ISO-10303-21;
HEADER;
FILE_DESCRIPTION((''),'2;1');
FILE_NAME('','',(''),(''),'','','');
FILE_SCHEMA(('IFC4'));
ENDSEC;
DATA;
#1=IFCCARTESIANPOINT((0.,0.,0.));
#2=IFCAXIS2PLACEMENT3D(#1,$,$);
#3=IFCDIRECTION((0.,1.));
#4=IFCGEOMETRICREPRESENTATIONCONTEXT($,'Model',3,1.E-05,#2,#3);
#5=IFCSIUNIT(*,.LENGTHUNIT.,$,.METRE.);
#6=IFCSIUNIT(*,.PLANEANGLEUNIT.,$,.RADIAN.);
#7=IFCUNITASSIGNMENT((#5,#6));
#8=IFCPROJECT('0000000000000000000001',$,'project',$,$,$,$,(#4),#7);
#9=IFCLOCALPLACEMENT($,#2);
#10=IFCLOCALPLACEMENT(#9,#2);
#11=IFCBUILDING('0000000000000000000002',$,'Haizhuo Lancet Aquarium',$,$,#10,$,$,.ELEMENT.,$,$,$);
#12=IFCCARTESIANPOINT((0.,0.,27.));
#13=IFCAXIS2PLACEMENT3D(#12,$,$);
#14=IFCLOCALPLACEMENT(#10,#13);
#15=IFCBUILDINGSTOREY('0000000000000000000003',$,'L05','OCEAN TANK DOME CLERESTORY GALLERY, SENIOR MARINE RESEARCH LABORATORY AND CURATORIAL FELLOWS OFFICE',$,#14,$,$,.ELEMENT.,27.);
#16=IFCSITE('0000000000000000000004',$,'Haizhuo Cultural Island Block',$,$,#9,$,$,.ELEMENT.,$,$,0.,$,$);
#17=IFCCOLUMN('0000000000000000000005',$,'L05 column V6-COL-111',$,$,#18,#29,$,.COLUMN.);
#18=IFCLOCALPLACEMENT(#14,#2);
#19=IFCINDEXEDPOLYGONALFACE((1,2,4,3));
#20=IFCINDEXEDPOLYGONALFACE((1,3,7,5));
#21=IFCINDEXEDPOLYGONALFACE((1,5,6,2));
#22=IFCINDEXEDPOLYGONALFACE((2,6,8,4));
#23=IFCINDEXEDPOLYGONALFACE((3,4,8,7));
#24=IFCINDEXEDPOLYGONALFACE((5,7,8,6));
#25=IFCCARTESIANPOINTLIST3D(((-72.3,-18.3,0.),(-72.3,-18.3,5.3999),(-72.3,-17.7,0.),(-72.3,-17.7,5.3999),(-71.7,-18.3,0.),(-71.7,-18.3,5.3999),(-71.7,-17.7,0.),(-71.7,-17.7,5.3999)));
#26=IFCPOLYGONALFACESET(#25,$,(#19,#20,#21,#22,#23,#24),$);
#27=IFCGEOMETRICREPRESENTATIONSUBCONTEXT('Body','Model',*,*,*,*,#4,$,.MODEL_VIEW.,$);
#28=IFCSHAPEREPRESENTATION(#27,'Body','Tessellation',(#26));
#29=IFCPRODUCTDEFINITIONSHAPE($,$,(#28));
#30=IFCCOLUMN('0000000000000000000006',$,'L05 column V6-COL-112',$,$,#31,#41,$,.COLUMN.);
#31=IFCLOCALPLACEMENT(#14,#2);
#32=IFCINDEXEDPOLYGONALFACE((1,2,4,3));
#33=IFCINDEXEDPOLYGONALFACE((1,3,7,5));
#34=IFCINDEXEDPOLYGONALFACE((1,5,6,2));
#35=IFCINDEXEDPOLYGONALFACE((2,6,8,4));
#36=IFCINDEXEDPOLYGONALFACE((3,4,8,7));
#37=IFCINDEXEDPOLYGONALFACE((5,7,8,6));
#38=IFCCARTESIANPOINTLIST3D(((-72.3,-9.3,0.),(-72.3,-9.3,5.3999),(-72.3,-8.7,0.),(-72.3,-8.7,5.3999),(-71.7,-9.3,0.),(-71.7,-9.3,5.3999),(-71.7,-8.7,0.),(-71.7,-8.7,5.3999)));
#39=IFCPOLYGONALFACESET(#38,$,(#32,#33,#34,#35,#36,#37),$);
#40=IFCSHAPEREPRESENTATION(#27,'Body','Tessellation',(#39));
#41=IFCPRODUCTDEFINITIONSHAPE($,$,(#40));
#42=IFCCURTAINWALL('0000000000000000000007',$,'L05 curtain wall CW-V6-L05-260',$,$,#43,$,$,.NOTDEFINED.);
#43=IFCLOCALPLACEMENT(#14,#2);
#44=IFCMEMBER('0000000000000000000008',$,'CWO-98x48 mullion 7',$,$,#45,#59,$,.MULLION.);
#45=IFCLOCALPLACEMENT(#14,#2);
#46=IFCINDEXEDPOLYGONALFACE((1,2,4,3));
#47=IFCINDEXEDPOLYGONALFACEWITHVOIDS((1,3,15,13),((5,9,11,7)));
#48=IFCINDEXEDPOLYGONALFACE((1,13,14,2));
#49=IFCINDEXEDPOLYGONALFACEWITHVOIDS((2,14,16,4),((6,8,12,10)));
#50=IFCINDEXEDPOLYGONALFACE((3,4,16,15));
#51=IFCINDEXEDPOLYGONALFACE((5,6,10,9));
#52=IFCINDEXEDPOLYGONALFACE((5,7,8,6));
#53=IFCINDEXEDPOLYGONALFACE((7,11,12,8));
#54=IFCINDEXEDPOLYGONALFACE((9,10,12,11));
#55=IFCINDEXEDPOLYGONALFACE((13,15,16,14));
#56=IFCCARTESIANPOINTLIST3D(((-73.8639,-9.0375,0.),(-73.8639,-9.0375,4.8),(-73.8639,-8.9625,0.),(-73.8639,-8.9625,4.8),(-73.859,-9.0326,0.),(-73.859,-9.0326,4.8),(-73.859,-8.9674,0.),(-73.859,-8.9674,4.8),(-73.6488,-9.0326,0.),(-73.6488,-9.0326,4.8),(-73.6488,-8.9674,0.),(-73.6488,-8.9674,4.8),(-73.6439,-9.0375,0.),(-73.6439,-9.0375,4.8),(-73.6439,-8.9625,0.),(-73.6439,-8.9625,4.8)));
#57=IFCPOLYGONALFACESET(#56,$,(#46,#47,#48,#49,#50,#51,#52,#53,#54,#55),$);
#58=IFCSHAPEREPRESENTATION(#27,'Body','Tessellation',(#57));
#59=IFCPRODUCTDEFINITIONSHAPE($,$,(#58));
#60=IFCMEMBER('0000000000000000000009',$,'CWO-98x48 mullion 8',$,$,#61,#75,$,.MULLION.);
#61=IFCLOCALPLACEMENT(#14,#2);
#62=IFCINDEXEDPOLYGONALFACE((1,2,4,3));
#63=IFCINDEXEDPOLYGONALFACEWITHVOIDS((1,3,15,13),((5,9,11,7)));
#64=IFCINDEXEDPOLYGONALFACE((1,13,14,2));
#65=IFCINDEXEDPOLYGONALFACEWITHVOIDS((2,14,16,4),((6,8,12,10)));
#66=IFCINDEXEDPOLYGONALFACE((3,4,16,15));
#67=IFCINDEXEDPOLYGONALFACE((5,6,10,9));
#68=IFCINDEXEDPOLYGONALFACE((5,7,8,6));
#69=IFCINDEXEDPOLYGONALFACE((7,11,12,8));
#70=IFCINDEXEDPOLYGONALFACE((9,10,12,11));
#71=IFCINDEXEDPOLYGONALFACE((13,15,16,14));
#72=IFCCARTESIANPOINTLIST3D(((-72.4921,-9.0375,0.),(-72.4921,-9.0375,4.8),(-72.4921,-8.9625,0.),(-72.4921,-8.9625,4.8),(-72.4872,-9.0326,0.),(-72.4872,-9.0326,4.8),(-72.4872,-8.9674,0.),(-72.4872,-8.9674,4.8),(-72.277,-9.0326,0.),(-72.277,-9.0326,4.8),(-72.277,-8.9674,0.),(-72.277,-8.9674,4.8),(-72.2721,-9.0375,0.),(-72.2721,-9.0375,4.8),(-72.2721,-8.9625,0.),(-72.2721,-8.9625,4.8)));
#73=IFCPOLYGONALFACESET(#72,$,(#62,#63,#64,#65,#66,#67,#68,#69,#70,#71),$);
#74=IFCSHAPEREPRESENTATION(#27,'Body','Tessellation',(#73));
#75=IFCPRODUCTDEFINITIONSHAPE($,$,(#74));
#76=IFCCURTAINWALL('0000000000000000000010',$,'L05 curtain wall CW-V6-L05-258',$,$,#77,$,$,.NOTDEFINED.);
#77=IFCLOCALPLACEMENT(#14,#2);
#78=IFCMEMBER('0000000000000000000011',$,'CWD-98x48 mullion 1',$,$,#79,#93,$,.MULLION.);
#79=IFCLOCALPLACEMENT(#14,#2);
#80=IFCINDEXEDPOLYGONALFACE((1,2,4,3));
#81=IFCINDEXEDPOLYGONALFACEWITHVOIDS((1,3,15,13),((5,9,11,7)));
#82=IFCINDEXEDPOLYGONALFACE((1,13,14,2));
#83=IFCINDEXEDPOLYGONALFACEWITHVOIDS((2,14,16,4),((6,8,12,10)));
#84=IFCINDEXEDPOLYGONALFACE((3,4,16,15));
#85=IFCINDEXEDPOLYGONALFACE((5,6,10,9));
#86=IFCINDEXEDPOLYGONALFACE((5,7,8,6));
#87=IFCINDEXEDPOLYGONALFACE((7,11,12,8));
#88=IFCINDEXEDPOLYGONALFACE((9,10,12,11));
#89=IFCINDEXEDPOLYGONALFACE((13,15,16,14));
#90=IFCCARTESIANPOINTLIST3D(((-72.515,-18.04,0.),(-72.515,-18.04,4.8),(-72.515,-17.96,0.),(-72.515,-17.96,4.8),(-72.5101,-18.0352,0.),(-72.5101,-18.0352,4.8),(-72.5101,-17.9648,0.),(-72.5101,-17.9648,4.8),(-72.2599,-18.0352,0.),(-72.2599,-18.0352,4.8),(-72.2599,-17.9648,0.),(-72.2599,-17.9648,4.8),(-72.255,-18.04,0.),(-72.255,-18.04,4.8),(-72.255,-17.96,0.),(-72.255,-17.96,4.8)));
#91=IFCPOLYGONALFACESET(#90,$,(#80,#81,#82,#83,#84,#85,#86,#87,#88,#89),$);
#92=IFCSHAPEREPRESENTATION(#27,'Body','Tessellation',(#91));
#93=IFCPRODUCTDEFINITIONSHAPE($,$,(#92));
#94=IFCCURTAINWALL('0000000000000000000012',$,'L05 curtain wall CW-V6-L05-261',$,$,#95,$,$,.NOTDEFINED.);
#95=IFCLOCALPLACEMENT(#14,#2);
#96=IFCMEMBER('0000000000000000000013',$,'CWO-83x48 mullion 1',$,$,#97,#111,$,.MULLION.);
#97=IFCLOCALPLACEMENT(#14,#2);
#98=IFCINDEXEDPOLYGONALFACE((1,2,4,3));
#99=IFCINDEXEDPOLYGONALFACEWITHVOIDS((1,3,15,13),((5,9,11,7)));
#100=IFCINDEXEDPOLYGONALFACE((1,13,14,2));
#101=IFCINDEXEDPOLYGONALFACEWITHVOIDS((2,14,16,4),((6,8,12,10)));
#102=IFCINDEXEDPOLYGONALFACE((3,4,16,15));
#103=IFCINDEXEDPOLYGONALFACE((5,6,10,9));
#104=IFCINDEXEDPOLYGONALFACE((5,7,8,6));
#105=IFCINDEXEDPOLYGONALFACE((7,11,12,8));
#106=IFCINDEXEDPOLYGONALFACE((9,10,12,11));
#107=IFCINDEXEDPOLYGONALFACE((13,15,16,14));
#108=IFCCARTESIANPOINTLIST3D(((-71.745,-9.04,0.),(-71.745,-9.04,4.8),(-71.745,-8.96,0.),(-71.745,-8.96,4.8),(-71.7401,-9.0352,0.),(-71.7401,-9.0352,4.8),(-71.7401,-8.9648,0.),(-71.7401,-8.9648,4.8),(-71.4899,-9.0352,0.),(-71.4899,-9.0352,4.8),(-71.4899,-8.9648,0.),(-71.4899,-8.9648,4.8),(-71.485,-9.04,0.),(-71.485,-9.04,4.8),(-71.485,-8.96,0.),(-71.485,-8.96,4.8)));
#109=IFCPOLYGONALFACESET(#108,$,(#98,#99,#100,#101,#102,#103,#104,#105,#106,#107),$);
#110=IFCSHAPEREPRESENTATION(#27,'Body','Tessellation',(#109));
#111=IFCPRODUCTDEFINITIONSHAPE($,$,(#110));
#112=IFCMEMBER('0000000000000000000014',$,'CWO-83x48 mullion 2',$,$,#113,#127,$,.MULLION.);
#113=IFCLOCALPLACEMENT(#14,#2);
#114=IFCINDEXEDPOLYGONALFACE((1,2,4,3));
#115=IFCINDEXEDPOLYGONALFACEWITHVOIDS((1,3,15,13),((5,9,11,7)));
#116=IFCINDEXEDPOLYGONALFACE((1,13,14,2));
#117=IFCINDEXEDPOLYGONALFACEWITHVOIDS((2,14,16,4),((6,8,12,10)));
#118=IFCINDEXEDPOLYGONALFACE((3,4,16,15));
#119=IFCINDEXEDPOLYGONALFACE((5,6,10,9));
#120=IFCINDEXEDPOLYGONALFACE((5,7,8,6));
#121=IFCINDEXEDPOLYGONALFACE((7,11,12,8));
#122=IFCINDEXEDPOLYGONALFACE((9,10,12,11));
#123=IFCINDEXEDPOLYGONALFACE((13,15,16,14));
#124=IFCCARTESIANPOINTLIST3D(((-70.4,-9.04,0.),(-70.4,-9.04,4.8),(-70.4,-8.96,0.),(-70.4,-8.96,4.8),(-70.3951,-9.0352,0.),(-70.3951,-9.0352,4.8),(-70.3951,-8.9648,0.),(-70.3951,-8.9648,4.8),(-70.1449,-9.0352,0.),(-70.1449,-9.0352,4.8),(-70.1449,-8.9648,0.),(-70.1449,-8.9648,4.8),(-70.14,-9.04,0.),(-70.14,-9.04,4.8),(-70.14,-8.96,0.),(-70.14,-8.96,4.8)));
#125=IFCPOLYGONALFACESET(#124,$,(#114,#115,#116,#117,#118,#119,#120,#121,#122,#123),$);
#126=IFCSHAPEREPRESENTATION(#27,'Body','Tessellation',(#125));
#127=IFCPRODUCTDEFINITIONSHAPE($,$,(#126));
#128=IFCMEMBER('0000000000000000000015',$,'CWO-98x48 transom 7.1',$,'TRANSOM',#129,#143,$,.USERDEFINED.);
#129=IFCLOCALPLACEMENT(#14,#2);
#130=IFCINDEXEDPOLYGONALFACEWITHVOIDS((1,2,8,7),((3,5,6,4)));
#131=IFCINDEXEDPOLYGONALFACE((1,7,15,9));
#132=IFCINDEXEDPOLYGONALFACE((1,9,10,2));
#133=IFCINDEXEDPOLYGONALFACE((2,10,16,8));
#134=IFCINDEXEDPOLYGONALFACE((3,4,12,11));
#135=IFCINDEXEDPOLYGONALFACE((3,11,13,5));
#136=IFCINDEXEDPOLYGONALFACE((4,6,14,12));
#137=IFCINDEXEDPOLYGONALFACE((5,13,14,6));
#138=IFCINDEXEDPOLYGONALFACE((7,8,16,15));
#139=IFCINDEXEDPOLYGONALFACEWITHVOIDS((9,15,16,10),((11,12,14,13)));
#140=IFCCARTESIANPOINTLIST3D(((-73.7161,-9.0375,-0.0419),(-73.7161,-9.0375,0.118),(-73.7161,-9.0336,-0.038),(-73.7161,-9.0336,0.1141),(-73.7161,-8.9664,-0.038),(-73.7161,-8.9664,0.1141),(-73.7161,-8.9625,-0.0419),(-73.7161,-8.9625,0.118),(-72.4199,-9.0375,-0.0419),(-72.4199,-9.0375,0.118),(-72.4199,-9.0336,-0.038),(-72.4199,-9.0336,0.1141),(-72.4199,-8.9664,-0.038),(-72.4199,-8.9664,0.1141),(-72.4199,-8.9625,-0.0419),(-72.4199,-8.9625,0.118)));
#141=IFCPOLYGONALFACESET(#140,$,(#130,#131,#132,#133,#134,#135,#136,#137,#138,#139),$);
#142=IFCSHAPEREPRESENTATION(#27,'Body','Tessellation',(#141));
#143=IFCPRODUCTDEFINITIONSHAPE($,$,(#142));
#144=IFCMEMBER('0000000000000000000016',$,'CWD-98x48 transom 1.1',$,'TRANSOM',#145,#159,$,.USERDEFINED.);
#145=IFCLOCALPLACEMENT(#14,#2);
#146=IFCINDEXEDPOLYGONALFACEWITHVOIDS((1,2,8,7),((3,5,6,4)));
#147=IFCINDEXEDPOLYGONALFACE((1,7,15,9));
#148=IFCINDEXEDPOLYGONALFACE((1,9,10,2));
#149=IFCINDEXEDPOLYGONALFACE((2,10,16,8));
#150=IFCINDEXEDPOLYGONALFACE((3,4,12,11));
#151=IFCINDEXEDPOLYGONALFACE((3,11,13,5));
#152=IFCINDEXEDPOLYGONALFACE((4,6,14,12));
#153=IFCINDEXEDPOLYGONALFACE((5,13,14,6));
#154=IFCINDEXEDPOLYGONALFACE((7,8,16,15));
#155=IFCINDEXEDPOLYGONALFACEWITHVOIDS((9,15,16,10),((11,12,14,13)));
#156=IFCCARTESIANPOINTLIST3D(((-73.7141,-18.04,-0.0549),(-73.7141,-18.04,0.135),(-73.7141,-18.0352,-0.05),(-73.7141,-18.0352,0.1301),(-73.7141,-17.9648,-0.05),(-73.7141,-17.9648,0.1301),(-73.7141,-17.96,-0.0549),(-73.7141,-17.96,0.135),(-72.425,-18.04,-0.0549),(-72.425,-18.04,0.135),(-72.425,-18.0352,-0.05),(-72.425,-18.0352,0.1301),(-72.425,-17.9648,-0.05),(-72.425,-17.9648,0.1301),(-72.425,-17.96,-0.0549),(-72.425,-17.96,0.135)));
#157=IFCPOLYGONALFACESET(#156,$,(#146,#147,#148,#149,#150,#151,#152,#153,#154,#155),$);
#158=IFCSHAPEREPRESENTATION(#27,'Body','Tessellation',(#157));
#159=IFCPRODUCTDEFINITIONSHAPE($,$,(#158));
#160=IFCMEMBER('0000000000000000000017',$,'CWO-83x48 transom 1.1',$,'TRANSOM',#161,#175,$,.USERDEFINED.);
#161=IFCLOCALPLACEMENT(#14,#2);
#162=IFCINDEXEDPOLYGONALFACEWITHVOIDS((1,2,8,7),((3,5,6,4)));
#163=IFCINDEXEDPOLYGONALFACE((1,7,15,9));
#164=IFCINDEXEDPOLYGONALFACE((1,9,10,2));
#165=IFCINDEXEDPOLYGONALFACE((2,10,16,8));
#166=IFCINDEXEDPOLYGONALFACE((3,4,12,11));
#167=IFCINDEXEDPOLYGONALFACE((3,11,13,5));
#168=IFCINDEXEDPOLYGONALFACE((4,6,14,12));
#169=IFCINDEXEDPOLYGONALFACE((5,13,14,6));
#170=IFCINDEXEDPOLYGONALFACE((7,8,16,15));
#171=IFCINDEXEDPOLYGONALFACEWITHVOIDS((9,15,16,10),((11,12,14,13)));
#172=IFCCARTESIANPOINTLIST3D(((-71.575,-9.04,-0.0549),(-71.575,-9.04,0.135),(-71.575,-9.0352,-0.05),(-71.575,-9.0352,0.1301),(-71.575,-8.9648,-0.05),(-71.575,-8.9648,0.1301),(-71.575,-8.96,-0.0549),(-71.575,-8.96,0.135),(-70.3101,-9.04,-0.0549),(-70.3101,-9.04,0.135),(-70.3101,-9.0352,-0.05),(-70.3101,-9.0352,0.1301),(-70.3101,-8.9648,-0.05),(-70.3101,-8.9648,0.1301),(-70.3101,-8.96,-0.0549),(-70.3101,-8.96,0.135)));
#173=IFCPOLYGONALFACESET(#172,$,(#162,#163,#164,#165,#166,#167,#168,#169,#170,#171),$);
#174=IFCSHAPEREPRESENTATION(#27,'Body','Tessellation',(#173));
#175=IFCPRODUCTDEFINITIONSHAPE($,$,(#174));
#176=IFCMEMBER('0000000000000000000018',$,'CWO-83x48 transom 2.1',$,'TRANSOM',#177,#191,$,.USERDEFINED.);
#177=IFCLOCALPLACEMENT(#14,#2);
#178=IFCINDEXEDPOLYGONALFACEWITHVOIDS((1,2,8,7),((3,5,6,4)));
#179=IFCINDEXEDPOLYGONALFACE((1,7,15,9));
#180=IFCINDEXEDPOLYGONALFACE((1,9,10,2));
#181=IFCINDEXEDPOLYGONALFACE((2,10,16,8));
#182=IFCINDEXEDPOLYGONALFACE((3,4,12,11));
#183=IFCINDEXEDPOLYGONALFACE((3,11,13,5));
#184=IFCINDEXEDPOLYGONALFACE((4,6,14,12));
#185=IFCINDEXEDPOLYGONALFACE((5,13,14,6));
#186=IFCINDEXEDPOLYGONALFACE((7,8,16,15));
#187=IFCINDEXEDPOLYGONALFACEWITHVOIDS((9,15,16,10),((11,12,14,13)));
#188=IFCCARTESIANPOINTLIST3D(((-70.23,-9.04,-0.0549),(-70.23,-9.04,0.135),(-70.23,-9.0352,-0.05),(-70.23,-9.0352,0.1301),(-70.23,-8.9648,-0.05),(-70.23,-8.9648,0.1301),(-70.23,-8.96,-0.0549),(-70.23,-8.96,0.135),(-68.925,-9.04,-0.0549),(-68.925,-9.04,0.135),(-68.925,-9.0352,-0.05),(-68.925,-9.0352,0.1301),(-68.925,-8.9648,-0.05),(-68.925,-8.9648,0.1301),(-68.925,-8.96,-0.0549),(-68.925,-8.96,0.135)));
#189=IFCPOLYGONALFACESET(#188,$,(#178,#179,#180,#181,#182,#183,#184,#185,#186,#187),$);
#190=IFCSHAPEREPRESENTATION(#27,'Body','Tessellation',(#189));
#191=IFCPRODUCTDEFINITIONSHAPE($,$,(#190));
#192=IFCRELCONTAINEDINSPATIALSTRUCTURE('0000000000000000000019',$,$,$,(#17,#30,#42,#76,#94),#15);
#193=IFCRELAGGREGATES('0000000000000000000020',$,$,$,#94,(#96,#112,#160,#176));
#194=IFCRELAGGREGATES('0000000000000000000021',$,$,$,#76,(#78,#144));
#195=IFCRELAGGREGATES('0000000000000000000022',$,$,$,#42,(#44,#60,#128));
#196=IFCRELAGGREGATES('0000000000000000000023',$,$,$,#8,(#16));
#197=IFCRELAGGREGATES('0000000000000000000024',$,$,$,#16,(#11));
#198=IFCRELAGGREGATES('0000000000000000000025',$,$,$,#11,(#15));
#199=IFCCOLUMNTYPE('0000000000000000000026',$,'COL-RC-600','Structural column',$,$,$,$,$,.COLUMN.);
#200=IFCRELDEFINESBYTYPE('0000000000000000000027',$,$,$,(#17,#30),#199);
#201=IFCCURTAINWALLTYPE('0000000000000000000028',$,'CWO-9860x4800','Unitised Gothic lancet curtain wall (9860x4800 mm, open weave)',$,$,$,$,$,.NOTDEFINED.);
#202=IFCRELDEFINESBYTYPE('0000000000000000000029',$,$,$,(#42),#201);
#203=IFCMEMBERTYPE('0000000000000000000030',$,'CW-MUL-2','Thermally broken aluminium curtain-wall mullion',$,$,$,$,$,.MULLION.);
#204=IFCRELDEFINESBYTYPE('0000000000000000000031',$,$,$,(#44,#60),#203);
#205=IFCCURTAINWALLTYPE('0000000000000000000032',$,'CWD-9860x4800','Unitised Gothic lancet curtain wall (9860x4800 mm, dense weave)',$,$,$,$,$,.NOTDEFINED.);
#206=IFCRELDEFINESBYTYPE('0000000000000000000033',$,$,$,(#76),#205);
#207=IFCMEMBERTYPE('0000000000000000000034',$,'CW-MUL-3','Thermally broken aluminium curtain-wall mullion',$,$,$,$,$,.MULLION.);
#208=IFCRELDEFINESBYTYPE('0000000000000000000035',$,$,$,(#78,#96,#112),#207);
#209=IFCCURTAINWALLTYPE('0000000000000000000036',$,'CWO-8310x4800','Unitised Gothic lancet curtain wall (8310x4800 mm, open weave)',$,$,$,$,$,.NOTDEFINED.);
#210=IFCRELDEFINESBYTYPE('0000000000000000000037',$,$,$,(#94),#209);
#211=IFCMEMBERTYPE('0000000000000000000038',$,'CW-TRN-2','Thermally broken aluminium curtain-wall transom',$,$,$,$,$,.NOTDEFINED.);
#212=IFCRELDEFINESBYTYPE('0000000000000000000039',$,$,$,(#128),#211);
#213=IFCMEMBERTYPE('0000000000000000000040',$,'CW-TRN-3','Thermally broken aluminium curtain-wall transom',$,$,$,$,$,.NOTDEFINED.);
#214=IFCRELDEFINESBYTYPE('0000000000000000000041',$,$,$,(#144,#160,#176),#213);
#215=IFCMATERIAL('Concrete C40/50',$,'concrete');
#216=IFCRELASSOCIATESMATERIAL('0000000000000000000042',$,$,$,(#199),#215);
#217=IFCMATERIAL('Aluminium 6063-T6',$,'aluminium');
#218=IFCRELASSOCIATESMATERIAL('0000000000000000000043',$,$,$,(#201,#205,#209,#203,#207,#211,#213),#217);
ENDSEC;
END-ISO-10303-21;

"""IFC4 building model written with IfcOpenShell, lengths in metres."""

from ifc_helpers import new_model, si_unit, direction, frame, origin, origin_2d, place, context, subcontext, project, spatial, rectangle, hollow_rectangle, extrude, material, material_profile, profile_set, type_object, element, aggregate, save


model = new_model("IFC4")

# Units and contexts
model_context = context("Model", 3, precision=1e-05, world=origin(), true_north=direction((0.0, 1.0)))
body_context = subcontext(model_context, "Body", "Model", "MODEL_VIEW")
ifc_project = project(units=[si_unit("LENGTHUNIT", "METRE"), si_unit("PLANEANGLEUNIT", "RADIAN")], contexts=[model_context])

# Site, building, storey
site_placement = place(None, origin())
site = spatial("IfcSite", under=ifc_project, at=site_placement, Name="Haizhuo Cultural Island Block", CompositionType="ELEMENT", RefElevation=0.0)
building_placement = place(site_placement, origin())
building = spatial("IfcBuilding", under=site, at=building_placement, Name="Haizhuo Lancet Aquarium", CompositionType="ELEMENT")
storey_placement = place(building_placement, frame((0.0, 0.0, 27.0)))
storey = spatial("IfcBuildingStorey", under=building, at=storey_placement, Name="L05", Description="OCEAN TANK DOME CLERESTORY GALLERY, SENIOR MARINE RESEARCH LABORATORY AND CURATORIAL FELLOWS OFFICE", CompositionType="ELEMENT", Elevation=27.0)

# Columns
ifc_material_1 = material(Name="Concrete C40/50", Category="concrete")
ifc_material_profile_1 = material_profile(ifc_material_1, rectangle(XDim=0.6001, YDim=0.6001, at=origin_2d()), Name="RC-COL 600x600")
ifc_profile_set_1 = profile_set([ifc_material_profile_1], Name="Concrete C40/50")
column_type = type_object("IfcColumnType", Name="COL-RC-600", Description="Structural column", PredefinedType="COLUMN", material=ifc_profile_set_1)
for number, where, z_axis, x_axis, name in (
    (1, (-72.0, -18.0, 0.0), (0.0, 0.0, 1.0), (1.0, 0.0, 0.0), "L05 column V6-COL-111"),
    (2, (-72.0, -9.0, 0.0), (0.0, 0.0, 1.0), (1.0, 0.0, 0.0), "L05 column V6-COL-112"),
):
    element("IfcColumn", number, at=place(storey_placement, frame(where, z_axis=z_axis, x_axis=x_axis)), inside=storey, type_object=column_type, Name=name, PredefinedType="COLUMN", context=body_context, shape_type="SweptSolid", body=[
        extrude(rectangle(XDim=0.6001, YDim=0.6001, at=origin_2d()), origin(), (0.0, 0.0, 1.0), 5.3999),
    ])

# Curtain wall, members
ifc_material_2 = material(Name="Aluminium 6063-T6", Category="aluminium")
curtain_wall_type_1 = type_object("IfcCurtainWallType", Name="CWO-9860x4800", Description="Unitised Gothic lancet curtain wall (9860x4800 mm, open weave)", PredefinedType="NOTDEFINED", material=ifc_material_2)
curtain_wall_1_placement = place(storey_placement, origin())
curtain_wall_1 = element("IfcCurtainWall", 3, at=curtain_wall_1_placement, inside=storey, type_object=curtain_wall_type_1, Name="L05 curtain wall CW-V6-L05-260", PredefinedType="NOTDEFINED")
ifc_material_profile_2 = material_profile(ifc_material_2, hollow_rectangle(XDim=0.075, YDim=0.22, WallThickness=0.0049, at=origin_2d()), Name="ALU-M 75x220x5")
ifc_profile_set_2 = profile_set([ifc_material_profile_2], Name="Aluminium 6063-T6")
member_type_1 = type_object("IfcMemberType", Name="CW-MUL-2", Description="Thermally broken aluminium curtain-wall mullion", PredefinedType="MULLION", material=ifc_profile_set_2)
member_1_placement = place(storey_placement, frame((-73.7539, -9.0, 0.0), z_axis=(0.0, 0.0, 1.0), x_axis=(0.0, 1.0, 0.0)))
member_1 = element("IfcMember", 4, at=member_1_placement, type_object=member_type_1, Name="CWO-98x48 mullion 7", PredefinedType="MULLION", context=body_context, shape_type="SweptSolid", body=[
    extrude(hollow_rectangle(XDim=0.075, YDim=0.22, WallThickness=0.0049, at=origin_2d()), origin(), (0.0, 0.0, 1.0), 4.8),
])
member_2_placement = place(storey_placement, frame((-72.3821, -9.0, 0.0), z_axis=(0.0, 0.0, 1.0), x_axis=(0.0, 1.0, 0.0)))
member_2 = element("IfcMember", 5, at=member_2_placement, type_object=member_type_1, Name="CWO-98x48 mullion 8", PredefinedType="MULLION", context=body_context, shape_type="SweptSolid", body=[
    extrude(hollow_rectangle(XDim=0.075, YDim=0.22, WallThickness=0.0049, at=origin_2d()), origin(), (0.0, 0.0, 1.0), 4.8),
])

# Curtain wall, member
curtain_wall_type_2 = type_object("IfcCurtainWallType", Name="CWD-9860x4800", Description="Unitised Gothic lancet curtain wall (9860x4800 mm, dense weave)", PredefinedType="NOTDEFINED", material=ifc_material_2)
curtain_wall_2_placement = place(storey_placement, origin())
curtain_wall_2 = element("IfcCurtainWall", 6, at=curtain_wall_2_placement, inside=storey, type_object=curtain_wall_type_2, Name="L05 curtain wall CW-V6-L05-258", PredefinedType="NOTDEFINED")
ifc_material_profile_3 = material_profile(ifc_material_2, hollow_rectangle(XDim=0.0801, YDim=0.26, WallThickness=0.0049, at=origin_2d()), Name="ALU-M 80x260x5")
ifc_profile_set_3 = profile_set([ifc_material_profile_3], Name="Aluminium 6063-T6")
member_type_2 = type_object("IfcMemberType", Name="CW-MUL-3", Description="Thermally broken aluminium curtain-wall mullion", PredefinedType="MULLION", material=ifc_profile_set_3)
member_3_placement = place(storey_placement, frame((-72.385, -18.0, 0.0), z_axis=(0.0, 0.0, 1.0), x_axis=(0.0, -1.0, 0.0)))
member_3 = element("IfcMember", 7, at=member_3_placement, type_object=member_type_2, Name="CWD-98x48 mullion 1", PredefinedType="MULLION", context=body_context, shape_type="SweptSolid", body=[
    extrude(hollow_rectangle(XDim=0.0801, YDim=0.26, WallThickness=0.0049, at=origin_2d()), origin(), (0.0, 0.0, 1.0), 4.8),
])

# Curtain wall, members
curtain_wall_type_3 = type_object("IfcCurtainWallType", Name="CWO-8310x4800", Description="Unitised Gothic lancet curtain wall (8310x4800 mm, open weave)", PredefinedType="NOTDEFINED", material=ifc_material_2)
curtain_wall_3_placement = place(storey_placement, origin())
curtain_wall_3 = element("IfcCurtainWall", 8, at=curtain_wall_3_placement, inside=storey, type_object=curtain_wall_type_3, Name="L05 curtain wall CW-V6-L05-261", PredefinedType="NOTDEFINED")
member_4_placement = place(storey_placement, frame((-71.615, -9.0, 0.0), z_axis=(0.0, 0.0, 1.0), x_axis=(0.0, 1.0, 0.0)))
member_4 = element("IfcMember", 9, at=member_4_placement, type_object=member_type_2, Name="CWO-83x48 mullion 1", PredefinedType="MULLION", context=body_context, shape_type="SweptSolid", body=[
    extrude(hollow_rectangle(XDim=0.0801, YDim=0.26, WallThickness=0.0049, at=origin_2d()), origin(), (0.0, 0.0, 1.0), 4.8),
])
member_5_placement = place(storey_placement, frame((-70.27, -9.0, 0.0), z_axis=(0.0, 0.0, 1.0), x_axis=(0.0, 1.0, 0.0)))
member_5 = element("IfcMember", 10, at=member_5_placement, type_object=member_type_2, Name="CWO-83x48 mullion 2", PredefinedType="MULLION", context=body_context, shape_type="SweptSolid", body=[
    extrude(hollow_rectangle(XDim=0.0801, YDim=0.26, WallThickness=0.0049, at=origin_2d()), origin(), (0.0, 0.0, 1.0), 4.8),
])

# Members
ifc_material_profile_4 = material_profile(ifc_material_2, hollow_rectangle(XDim=0.075, YDim=0.1599, WallThickness=0.0039, at=origin_2d()), Name="ALU-T 75x160x4")
ifc_profile_set_4 = profile_set([ifc_material_profile_4], Name="Aluminium 6063-T6")
member_type_3 = type_object("IfcMemberType", Name="CW-TRN-2", Description="Thermally broken aluminium curtain-wall transom", PredefinedType="NOTDEFINED", material=ifc_profile_set_4)
member_6_placement = place(storey_placement, frame((-73.7161, -9.0, 0.0381), z_axis=(1.0, 0.0, 0.0), x_axis=(0.0, 1.0, 0.0)))
member_6 = element("IfcMember", 11, at=member_6_placement, type_object=member_type_3, Name="CWO-98x48 transom 7.1", ObjectType="TRANSOM", PredefinedType="USERDEFINED", context=body_context, shape_type="SweptSolid", body=[
    extrude(hollow_rectangle(XDim=0.075, YDim=0.1599, WallThickness=0.0039, at=origin_2d()), origin(), (0.0, 0.0, 1.0), 1.2961),
])
ifc_material_profile_5 = material_profile(ifc_material_2, hollow_rectangle(XDim=0.0801, YDim=0.1899, WallThickness=0.0049, at=origin_2d()), Name="ALU-T 80x190x5")
ifc_profile_set_5 = profile_set([ifc_material_profile_5], Name="Aluminium 6063-T6")
member_type_4 = type_object("IfcMemberType", Name="CW-TRN-3", Description="Thermally broken aluminium curtain-wall transom", PredefinedType="NOTDEFINED", material=ifc_profile_set_5)
member_7_placement = place(storey_placement, frame((-72.425, -18.0, 0.04), z_axis=(-1.0, 0.0, 0.0), x_axis=(0.0, -1.0, 0.0)))
member_7 = element("IfcMember", 12, at=member_7_placement, type_object=member_type_4, Name="CWD-98x48 transom 1.1", ObjectType="TRANSOM", PredefinedType="USERDEFINED", context=body_context, shape_type="SweptSolid", body=[
    extrude(hollow_rectangle(XDim=0.0801, YDim=0.1899, WallThickness=0.0049, at=origin_2d()), origin(), (0.0, 0.0, 1.0), 1.2891),
])
member_8_placement = place(storey_placement, frame((-71.575, -9.0, 0.04), z_axis=(1.0, 0.0, 0.0), x_axis=(0.0, 1.0, 0.0)))
member_8 = element("IfcMember", 13, at=member_8_placement, type_object=member_type_4, Name="CWO-83x48 transom 1.1", ObjectType="TRANSOM", PredefinedType="USERDEFINED", context=body_context, shape_type="SweptSolid", body=[
    extrude(hollow_rectangle(XDim=0.0801, YDim=0.1899, WallThickness=0.0049, at=origin_2d()), origin(), (0.0, 0.0, 1.0), 1.2649),
])
member_9_placement = place(storey_placement, frame((-70.23, -9.0, 0.04), z_axis=(1.0, 0.0, 0.0), x_axis=(0.0, 1.0, 0.0)))
member_9 = element("IfcMember", 14, at=member_9_placement, type_object=member_type_4, Name="CWO-83x48 transom 2.1", ObjectType="TRANSOM", PredefinedType="USERDEFINED", context=body_context, shape_type="SweptSolid", body=[
    extrude(hollow_rectangle(XDim=0.0801, YDim=0.1899, WallThickness=0.0049, at=origin_2d()), origin(), (0.0, 0.0, 1.0), 1.3049),
])

aggregate(curtain_wall_3, [member_4, member_5, member_8, member_9])
aggregate(curtain_wall_2, [member_3, member_7])
aggregate(curtain_wall_1, [member_1, member_2, member_6])

save(model, "model.ifc")
